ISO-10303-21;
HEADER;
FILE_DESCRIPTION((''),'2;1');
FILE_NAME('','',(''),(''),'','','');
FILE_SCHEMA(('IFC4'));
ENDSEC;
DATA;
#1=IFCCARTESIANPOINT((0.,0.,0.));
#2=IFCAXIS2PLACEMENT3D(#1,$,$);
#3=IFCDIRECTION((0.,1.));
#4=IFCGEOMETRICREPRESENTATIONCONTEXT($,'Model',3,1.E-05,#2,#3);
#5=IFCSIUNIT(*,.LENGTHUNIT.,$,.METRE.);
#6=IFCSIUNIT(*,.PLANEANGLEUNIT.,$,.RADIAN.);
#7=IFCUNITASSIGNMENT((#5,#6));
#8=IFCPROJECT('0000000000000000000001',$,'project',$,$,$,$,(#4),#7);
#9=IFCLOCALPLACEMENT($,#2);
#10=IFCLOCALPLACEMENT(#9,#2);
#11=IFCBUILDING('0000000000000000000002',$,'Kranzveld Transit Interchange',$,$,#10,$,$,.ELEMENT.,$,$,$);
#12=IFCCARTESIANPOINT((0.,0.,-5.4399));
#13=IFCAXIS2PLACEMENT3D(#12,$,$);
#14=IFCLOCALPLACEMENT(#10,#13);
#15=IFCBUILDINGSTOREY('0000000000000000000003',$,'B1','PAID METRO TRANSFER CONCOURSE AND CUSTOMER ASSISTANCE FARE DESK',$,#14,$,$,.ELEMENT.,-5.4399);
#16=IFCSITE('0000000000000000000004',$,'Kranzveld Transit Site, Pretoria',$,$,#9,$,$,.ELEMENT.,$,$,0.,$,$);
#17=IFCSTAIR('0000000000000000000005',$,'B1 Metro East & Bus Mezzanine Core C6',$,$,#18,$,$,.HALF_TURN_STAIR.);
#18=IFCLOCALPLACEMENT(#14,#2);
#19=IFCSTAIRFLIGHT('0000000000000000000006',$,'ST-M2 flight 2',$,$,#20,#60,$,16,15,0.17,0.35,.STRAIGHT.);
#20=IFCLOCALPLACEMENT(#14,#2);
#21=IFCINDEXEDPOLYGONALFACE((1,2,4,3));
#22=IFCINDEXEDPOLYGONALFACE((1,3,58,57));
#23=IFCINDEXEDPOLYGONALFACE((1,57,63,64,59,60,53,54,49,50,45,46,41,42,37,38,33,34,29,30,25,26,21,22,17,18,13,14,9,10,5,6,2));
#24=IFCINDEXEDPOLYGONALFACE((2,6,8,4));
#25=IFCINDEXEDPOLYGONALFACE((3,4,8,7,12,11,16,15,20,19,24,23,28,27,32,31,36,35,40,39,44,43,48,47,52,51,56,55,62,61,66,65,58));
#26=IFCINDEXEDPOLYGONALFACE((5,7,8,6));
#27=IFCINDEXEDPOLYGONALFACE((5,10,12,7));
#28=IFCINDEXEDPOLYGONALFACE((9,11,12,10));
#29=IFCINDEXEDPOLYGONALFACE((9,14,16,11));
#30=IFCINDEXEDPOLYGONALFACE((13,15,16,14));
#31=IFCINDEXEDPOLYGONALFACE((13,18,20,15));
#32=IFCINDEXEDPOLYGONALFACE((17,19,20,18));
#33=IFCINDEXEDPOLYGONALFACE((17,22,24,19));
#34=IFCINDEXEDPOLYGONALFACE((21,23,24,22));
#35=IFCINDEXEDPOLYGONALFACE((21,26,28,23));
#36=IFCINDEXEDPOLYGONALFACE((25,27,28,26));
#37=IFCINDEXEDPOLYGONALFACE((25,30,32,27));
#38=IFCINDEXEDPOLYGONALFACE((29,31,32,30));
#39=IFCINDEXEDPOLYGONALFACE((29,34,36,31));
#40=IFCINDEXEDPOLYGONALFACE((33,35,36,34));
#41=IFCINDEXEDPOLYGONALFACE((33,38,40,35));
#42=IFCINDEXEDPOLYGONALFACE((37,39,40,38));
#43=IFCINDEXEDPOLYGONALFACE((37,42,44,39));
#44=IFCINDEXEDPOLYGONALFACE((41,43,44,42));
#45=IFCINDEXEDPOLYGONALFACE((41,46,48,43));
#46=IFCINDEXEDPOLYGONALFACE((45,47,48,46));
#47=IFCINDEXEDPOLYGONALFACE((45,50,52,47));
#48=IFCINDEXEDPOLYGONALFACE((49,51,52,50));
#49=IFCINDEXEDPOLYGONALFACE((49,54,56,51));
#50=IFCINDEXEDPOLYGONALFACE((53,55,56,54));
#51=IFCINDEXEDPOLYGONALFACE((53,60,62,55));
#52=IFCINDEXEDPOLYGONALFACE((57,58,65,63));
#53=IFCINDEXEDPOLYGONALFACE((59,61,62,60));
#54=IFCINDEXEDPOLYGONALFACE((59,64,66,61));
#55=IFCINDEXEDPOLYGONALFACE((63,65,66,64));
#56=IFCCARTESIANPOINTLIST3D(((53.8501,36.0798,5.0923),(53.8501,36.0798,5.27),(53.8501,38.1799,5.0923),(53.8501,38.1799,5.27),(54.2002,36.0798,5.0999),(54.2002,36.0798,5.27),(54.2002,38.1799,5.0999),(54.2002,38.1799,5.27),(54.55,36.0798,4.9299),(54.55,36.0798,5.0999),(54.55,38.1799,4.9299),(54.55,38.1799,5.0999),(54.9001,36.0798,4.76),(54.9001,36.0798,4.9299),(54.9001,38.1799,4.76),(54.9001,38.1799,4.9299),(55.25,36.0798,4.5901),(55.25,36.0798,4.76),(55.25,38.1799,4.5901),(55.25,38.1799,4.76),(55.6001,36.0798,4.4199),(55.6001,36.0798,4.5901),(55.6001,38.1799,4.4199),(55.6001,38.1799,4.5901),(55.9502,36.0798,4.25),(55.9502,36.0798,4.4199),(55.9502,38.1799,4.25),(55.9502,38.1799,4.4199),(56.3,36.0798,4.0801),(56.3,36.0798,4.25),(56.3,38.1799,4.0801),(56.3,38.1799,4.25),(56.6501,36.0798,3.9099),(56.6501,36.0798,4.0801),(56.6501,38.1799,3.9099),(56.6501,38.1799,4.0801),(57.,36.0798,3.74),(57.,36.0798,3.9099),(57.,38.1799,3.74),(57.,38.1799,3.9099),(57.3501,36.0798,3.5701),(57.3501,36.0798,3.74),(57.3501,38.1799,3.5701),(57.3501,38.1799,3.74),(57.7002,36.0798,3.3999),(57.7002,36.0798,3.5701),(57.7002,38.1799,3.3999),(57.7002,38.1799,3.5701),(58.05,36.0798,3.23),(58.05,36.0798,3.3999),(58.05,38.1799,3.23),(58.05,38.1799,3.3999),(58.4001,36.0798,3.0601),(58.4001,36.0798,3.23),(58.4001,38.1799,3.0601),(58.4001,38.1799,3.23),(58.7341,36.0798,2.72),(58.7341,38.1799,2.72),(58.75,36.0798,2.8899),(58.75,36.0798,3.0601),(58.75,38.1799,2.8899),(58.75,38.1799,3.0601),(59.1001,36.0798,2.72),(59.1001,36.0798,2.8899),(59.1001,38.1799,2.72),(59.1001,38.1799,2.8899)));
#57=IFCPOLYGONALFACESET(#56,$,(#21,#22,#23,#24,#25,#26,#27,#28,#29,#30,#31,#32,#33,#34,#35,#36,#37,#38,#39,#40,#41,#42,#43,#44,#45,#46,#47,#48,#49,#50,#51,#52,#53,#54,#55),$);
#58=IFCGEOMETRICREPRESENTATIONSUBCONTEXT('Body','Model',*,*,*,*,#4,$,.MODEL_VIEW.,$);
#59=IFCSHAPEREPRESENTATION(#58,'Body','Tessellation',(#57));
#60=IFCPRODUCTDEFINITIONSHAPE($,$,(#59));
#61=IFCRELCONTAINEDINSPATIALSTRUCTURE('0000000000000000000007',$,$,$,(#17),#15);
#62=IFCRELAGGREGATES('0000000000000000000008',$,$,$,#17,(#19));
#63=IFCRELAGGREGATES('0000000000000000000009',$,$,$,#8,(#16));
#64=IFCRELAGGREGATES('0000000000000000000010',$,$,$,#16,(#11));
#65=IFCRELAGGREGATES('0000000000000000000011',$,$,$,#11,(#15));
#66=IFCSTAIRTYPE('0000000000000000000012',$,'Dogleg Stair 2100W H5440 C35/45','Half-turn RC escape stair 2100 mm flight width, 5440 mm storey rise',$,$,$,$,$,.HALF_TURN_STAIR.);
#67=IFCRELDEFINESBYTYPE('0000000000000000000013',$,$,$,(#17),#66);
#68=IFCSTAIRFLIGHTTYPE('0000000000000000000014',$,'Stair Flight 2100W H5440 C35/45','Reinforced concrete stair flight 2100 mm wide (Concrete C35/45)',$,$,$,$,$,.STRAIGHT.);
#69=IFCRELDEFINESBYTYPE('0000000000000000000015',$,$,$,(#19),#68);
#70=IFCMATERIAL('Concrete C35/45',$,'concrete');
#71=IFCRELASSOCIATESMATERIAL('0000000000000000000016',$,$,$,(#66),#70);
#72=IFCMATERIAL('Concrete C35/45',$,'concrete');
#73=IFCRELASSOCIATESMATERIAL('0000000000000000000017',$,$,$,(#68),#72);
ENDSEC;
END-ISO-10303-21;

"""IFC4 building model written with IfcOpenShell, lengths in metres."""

from ifc_helpers import new_model, si_unit, direction, frame, origin, place, context, subcontext, project, spatial, polyline, outline, extrude, material, type_object, element, aggregate, save


model = new_model("IFC4")

# Units and contexts
model_context = context("Model", 3, precision=1e-05, world=origin(), true_north=direction((0.0, 1.0)))
body_context = subcontext(model_context, "Body", "Model", "MODEL_VIEW")
ifc_project = project(units=[si_unit("LENGTHUNIT", "METRE"), si_unit("PLANEANGLEUNIT", "RADIAN")], contexts=[model_context])

# Site, building, storey
site_placement = place(None, origin())
site = spatial("IfcSite", under=ifc_project, at=site_placement, Name="Kranzveld Transit Site, Pretoria", CompositionType="ELEMENT", RefElevation=0.0)
building_placement = place(site_placement, origin())
building = spatial("IfcBuilding", under=site, at=building_placement, Name="Kranzveld Transit Interchange", CompositionType="ELEMENT")
storey_placement = place(building_placement, frame((0.0, 0.0, -5.4399)))
storey = spatial("IfcBuildingStorey", under=building, at=storey_placement, Name="B1", Description="PAID METRO TRANSFER CONCOURSE AND CUSTOMER ASSISTANCE FARE DESK", CompositionType="ELEMENT", Elevation=-5.4399)

# Stair, stair flight
ifc_material_1 = material(Name="Concrete C35/45", Category="concrete")
stair_type = type_object("IfcStairType", Name="Dogleg Stair 2100W H5440 C35/45", Description="Half-turn RC escape stair 2100 mm flight width, 5440 mm storey rise", PredefinedType="HALF_TURN_STAIR", material=ifc_material_1)
stair_placement = place(storey_placement, origin())
stair = element("IfcStair", 1, at=stair_placement, inside=storey, type_object=stair_type, Name="B1 Metro East & Bus Mezzanine Core C6", PredefinedType="HALF_TURN_STAIR")
ifc_material_2 = material(Name="Concrete C35/45", Category="concrete")
stair_flight_type = type_object("IfcStairFlightType", Name="Stair Flight 2100W H5440 C35/45", Description="Reinforced concrete stair flight 2100 mm wide (Concrete C35/45)", PredefinedType="STRAIGHT", material=ifc_material_2)
stair_flight_placement = place(storey_placement, frame((59.1001, 37.1299, 2.72), z_axis=(0.0, 0.0, 1.0), x_axis=(-1.0, 0.0, 0.0)))
stair_flight = element("IfcStairFlight", 2, at=stair_flight_placement, type_object=stair_flight_type, Name="ST-M2 flight 2", NumberOfRisers=16, NumberOfTreads=15, PredefinedType="STRAIGHT", RiserHeight=0.17, TreadLength=0.35, context=body_context, shape_type="SweptSolid", body=[
    extrude(outline(polyline([(0.0, 0.0), (0.0, 0.1699), (0.3501, 0.1699), (0.3501, 0.3401), (0.7, 0.3401), (0.7, 0.51), (1.05, 0.51), (1.05, 0.6799), (1.3999, 0.6799), (1.3999, 0.8501), (1.75, 0.8501), (1.75, 1.02), (2.1001, 1.02), (2.1001, 1.1899), (2.45, 1.1899), (2.45, 1.3601), (2.8, 1.3601), (2.8, 1.53), (3.1499, 1.53), (3.1499, 1.7), (3.5, 1.7), (3.5, 1.8701), (3.8501, 1.8701), (3.8501, 2.04), (4.2, 2.04), (4.2, 2.21), (4.55, 2.21), (4.55, 2.3799), (4.8999, 2.3799), (4.8999, 2.55), (5.25, 2.55), (5.25, 2.72), (5.25, 2.3723), (0.366, 0.0), (0.0, 0.0)])), frame((0.0, 1.05, 0.0), z_axis=(0.0, -1.0, 0.0), x_axis=(1.0, 0.0, 0.0)), (0.0, 0.0, 1.0), 2.1001),
])
aggregate(stair, [stair_flight])

save(model, "model.ifc")
